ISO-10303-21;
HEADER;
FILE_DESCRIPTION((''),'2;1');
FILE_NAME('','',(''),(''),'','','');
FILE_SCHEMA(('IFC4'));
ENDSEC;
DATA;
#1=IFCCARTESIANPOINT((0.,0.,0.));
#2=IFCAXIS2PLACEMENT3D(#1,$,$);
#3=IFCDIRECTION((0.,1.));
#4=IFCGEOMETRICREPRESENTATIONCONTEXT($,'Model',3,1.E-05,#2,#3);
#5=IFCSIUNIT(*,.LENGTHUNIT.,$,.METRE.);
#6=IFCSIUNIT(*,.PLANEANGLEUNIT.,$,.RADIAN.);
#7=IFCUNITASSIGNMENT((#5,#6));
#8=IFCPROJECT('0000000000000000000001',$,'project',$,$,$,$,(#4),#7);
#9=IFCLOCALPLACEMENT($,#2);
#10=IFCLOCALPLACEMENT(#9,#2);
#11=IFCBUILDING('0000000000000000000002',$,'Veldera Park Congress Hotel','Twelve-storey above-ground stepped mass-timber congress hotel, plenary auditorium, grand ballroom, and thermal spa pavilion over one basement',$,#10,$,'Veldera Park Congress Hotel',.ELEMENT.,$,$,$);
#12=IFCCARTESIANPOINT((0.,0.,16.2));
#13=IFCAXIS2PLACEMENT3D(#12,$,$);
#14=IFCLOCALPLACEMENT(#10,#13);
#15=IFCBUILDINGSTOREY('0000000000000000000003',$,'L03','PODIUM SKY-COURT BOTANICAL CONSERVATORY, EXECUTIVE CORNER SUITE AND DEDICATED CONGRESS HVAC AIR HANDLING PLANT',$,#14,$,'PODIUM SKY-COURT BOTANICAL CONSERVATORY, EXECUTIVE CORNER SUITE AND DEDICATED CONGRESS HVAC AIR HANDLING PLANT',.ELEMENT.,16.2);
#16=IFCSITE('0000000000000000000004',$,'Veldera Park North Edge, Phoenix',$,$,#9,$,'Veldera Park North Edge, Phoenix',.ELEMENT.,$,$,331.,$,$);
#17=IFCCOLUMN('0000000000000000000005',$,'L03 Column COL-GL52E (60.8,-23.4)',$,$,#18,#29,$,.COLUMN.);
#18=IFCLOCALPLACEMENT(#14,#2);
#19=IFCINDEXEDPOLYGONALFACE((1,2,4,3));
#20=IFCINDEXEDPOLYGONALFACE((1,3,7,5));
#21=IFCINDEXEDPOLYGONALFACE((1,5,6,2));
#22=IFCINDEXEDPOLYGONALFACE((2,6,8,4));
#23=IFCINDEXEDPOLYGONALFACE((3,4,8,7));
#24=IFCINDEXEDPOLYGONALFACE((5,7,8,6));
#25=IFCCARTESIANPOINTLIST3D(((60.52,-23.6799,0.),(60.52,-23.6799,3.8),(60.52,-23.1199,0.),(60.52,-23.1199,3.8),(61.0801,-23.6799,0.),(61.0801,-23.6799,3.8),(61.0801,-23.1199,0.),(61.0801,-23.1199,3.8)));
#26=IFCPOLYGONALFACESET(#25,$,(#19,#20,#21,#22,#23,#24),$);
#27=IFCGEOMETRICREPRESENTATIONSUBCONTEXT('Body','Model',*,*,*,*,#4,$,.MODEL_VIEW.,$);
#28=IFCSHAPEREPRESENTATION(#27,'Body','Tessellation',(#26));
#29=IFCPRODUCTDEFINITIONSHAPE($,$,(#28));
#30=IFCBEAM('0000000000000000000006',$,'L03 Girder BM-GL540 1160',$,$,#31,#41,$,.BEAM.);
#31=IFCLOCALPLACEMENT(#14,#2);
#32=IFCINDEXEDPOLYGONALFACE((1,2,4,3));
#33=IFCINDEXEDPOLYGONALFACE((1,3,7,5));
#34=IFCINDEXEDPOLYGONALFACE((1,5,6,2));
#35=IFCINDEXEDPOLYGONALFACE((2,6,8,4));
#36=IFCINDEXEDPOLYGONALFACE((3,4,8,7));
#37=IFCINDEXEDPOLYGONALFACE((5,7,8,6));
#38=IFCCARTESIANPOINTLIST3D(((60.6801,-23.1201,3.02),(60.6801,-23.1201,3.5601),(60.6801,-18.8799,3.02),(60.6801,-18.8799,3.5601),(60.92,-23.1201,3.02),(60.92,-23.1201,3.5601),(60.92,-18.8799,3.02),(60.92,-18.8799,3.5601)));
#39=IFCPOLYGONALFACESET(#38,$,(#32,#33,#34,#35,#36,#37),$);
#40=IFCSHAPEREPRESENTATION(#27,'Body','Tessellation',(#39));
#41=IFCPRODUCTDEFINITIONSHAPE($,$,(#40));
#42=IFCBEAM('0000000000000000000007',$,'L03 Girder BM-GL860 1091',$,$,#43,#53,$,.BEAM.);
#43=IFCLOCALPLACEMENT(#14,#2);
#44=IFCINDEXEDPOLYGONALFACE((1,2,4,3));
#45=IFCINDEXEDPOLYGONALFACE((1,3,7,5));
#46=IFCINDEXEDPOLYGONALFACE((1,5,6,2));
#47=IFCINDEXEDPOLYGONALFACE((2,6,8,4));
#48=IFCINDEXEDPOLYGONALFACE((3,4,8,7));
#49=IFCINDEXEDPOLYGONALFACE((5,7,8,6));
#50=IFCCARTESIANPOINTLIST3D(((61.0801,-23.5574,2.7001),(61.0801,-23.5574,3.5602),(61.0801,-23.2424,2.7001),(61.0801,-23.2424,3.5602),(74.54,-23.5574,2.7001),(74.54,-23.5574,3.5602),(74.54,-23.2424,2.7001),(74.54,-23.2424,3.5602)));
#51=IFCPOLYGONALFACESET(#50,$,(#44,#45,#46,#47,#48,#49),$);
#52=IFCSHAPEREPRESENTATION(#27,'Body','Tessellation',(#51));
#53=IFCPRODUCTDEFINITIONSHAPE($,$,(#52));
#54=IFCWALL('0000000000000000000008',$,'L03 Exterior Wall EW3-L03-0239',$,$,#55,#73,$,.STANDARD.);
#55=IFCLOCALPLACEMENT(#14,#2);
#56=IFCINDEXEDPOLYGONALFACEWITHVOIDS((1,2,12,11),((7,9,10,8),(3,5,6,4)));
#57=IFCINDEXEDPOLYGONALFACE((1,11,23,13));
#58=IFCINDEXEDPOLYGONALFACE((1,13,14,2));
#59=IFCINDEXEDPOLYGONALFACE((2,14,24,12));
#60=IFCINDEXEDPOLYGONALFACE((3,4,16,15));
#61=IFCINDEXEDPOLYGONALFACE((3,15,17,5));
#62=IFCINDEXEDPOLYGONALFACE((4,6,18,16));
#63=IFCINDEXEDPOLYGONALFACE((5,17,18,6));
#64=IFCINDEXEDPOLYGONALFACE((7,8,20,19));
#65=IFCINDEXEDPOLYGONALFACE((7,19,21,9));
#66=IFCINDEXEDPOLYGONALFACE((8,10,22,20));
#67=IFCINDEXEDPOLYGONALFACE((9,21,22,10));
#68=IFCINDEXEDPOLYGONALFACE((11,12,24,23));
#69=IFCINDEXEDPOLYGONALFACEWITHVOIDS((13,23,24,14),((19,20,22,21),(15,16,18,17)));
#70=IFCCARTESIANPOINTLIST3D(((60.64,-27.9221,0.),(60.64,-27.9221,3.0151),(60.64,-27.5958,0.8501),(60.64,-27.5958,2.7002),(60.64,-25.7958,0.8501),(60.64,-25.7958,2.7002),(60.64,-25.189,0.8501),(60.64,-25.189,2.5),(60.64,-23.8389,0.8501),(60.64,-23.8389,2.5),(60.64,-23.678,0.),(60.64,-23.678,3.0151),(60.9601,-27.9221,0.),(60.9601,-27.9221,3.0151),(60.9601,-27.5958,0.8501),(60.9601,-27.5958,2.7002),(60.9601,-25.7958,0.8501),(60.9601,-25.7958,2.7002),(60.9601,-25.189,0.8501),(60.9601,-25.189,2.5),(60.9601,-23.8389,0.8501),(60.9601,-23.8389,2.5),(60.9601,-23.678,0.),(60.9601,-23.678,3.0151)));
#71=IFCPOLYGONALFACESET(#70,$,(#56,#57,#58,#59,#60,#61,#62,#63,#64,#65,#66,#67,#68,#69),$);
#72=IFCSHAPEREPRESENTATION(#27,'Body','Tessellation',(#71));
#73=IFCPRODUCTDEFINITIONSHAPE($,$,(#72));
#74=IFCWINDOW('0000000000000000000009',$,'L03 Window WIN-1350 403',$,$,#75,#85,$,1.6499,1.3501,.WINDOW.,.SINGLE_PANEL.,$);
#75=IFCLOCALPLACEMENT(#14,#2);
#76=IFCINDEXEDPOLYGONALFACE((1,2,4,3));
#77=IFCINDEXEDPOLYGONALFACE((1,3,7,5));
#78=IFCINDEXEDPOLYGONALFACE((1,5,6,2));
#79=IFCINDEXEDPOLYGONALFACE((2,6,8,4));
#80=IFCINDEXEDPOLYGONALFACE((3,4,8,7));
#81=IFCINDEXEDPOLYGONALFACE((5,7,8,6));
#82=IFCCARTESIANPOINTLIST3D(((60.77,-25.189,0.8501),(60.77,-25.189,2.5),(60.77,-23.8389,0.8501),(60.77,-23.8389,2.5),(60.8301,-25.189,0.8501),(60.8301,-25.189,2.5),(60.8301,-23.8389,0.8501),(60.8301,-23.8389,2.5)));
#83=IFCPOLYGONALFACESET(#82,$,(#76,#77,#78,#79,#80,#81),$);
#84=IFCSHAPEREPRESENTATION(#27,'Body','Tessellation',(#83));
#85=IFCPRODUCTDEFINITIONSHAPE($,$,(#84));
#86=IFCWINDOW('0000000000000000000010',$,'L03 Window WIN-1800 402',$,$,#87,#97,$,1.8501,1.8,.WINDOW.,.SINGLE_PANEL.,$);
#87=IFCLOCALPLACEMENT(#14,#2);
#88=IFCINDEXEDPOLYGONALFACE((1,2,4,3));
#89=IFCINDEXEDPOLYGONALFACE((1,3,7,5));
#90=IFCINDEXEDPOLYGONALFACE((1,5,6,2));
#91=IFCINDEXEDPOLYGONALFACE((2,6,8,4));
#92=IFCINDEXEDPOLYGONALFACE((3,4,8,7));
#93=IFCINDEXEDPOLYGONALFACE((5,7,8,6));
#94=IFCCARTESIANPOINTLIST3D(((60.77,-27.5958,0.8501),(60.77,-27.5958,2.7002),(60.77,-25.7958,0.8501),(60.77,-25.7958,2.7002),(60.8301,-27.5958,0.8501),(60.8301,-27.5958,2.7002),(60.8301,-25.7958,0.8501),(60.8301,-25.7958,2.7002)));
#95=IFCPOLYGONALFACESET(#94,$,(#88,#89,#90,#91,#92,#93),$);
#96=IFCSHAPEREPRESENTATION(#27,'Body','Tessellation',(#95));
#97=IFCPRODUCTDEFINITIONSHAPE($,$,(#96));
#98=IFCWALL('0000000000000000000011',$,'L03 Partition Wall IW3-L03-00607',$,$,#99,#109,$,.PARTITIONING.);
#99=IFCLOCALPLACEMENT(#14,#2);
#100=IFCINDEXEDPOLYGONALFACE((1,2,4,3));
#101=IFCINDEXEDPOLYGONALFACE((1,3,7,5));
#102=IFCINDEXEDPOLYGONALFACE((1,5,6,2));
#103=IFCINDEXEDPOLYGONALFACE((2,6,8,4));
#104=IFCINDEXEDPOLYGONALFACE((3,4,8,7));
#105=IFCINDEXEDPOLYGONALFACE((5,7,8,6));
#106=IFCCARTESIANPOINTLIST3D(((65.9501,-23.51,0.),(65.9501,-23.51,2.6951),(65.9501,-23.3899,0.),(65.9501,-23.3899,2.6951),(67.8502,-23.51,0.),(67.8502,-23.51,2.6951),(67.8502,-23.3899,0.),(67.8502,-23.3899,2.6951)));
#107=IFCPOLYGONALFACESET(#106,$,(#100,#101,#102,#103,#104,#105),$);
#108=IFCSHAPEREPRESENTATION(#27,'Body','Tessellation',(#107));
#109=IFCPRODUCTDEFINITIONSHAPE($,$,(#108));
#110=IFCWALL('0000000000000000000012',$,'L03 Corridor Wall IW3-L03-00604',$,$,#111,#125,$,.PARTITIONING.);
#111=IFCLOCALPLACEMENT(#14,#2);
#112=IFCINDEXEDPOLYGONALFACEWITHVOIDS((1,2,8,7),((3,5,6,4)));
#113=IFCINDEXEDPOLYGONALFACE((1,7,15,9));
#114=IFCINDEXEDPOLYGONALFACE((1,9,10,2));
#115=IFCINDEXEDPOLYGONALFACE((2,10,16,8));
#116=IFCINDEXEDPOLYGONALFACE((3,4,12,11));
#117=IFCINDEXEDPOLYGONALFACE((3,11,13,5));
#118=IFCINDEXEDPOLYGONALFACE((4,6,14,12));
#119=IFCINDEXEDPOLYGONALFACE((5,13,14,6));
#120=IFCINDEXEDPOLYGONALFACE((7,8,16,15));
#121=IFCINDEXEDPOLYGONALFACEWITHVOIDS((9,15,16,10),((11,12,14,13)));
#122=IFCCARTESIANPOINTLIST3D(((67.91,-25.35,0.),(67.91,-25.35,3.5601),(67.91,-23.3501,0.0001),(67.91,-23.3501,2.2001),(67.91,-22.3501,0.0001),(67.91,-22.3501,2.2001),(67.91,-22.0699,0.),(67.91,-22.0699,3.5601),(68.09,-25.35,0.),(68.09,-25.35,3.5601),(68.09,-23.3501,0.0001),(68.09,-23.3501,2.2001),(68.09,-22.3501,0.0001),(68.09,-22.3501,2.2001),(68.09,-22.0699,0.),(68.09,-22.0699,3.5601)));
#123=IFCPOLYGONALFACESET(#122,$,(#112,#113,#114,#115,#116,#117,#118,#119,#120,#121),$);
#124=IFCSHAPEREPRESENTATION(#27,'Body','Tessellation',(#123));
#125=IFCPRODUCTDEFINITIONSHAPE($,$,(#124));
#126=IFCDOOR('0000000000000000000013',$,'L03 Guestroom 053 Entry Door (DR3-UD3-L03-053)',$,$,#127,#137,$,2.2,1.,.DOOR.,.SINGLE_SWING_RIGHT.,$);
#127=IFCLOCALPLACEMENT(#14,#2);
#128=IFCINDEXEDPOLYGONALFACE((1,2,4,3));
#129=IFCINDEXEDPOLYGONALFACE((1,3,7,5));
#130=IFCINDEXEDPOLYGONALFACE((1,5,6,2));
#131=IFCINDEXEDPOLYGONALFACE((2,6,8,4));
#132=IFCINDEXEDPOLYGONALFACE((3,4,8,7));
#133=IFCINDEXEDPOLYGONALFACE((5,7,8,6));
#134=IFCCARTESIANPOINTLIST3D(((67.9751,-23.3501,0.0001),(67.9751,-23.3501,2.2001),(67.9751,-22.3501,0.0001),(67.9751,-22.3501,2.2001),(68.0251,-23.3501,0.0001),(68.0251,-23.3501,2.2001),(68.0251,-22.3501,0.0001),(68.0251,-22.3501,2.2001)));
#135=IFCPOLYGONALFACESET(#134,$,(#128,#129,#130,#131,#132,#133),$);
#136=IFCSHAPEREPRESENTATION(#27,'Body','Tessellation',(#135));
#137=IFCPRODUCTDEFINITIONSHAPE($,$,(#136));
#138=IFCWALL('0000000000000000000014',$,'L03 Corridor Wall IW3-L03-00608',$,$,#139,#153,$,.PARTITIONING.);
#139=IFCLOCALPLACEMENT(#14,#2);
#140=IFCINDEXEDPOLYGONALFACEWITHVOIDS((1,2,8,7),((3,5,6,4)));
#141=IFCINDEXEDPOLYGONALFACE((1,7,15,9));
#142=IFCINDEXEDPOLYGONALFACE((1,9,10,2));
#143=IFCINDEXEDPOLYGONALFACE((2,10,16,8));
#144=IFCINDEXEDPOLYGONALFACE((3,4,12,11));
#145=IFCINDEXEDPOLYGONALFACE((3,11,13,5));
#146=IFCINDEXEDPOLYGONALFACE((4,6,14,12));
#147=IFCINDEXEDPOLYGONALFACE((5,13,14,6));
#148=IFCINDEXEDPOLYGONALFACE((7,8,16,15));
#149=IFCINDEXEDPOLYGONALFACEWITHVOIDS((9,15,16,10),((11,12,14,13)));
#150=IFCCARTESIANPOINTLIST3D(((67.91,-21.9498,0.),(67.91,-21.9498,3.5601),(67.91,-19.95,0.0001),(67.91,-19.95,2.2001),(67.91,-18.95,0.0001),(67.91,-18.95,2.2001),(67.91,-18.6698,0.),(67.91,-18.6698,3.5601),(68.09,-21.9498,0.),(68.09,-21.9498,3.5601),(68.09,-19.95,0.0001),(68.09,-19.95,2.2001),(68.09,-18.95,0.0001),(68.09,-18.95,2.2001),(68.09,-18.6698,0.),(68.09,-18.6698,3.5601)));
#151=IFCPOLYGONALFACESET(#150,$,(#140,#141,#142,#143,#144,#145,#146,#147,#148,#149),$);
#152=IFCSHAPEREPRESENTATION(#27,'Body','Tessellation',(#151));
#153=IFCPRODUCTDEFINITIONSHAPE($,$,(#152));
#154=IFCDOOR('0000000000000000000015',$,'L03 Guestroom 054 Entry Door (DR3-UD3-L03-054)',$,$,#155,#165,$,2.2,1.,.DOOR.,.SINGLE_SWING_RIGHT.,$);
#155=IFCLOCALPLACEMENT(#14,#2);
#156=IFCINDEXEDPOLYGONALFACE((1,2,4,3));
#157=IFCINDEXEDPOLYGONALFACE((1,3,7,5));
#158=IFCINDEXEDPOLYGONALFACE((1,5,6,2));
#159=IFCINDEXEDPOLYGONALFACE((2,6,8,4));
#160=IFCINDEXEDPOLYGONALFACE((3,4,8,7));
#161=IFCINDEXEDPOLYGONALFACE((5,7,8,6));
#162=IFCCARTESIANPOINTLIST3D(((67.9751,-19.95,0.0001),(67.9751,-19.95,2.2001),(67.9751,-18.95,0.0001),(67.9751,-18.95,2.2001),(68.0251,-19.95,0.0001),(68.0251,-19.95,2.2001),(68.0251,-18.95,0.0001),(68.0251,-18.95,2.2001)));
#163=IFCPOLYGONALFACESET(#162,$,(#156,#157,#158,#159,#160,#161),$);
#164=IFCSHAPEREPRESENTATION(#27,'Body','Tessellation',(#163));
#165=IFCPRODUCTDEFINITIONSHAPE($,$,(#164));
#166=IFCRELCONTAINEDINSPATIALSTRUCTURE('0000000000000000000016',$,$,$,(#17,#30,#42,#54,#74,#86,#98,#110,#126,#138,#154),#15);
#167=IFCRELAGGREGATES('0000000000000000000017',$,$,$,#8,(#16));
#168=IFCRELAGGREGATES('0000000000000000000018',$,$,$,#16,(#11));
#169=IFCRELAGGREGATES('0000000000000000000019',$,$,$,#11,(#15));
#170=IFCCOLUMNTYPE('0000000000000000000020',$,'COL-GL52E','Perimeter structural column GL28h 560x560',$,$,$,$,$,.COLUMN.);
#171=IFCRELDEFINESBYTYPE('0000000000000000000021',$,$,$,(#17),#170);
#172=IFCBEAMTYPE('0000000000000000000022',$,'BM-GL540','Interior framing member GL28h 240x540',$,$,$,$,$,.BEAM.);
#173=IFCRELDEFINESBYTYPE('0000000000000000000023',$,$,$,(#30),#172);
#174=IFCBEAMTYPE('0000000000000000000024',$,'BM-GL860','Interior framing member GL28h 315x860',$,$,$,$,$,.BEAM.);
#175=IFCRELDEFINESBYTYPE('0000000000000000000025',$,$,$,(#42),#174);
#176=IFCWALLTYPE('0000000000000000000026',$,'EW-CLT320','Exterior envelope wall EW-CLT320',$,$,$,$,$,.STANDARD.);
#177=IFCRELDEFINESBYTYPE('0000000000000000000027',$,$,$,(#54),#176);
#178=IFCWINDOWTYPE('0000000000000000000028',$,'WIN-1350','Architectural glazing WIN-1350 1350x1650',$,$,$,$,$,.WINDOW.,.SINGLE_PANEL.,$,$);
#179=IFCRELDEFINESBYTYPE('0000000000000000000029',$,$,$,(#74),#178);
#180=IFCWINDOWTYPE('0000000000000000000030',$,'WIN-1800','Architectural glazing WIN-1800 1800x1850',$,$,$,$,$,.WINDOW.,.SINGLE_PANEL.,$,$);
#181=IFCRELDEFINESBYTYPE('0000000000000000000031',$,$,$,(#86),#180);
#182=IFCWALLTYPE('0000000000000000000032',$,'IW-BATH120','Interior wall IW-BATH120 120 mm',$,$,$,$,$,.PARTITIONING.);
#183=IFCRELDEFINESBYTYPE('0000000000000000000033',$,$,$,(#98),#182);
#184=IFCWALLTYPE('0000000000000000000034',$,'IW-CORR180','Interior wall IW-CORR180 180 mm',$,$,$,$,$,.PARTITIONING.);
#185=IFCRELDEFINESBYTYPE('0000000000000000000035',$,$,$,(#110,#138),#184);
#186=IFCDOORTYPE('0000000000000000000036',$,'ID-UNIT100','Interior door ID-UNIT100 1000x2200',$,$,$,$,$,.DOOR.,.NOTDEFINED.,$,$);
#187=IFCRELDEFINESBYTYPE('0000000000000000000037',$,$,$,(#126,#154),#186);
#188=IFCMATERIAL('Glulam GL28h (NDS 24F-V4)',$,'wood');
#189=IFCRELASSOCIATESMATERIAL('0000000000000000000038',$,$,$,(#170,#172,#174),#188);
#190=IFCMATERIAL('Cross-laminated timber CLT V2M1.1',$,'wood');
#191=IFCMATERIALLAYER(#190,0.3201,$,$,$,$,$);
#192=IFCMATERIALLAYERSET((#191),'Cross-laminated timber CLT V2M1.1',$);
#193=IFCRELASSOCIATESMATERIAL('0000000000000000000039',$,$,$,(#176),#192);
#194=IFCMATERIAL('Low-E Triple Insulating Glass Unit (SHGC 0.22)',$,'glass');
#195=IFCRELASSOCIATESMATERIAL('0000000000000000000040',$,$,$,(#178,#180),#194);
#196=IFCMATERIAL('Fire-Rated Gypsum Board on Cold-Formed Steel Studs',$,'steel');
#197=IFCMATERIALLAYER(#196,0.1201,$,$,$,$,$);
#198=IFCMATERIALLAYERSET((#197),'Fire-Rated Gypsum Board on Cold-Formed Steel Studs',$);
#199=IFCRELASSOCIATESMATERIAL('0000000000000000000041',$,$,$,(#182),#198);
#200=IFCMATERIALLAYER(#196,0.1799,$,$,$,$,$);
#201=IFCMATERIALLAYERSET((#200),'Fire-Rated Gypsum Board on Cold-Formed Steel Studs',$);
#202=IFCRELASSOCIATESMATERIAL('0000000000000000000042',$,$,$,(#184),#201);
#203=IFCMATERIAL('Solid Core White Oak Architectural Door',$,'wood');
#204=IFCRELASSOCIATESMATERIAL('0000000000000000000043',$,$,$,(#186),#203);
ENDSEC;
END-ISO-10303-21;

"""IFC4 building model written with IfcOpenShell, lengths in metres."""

from ifc_helpers import new_model, si_unit, direction, frame, frame_2d, origin, origin_2d, place, context, subcontext, project, spatial, rectangle, extrude, material, layer, layer_set, material_profile, profile_set, type_object, element, fill, save


model = new_model("IFC4")

# Units and contexts
model_context = context("Model", 3, precision=1e-05, world=origin(), true_north=direction((0.0, 1.0)))
body_context = subcontext(model_context, "Body", "Model", "MODEL_VIEW")
ifc_project = project(units=[si_unit("LENGTHUNIT", "METRE"), si_unit("PLANEANGLEUNIT", "RADIAN")], contexts=[model_context])

# Site, building, storey
site_placement = place(None, origin())
site = spatial("IfcSite", under=ifc_project, at=site_placement, Name="Veldera Park North Edge, Phoenix", LongName="Veldera Park North Edge, Phoenix", CompositionType="ELEMENT", RefElevation=331.0)
building_placement = place(site_placement, origin())
building = spatial("IfcBuilding", under=site, at=building_placement, Name="Veldera Park Congress Hotel", Description="Twelve-storey above-ground stepped mass-timber congress hotel, plenary auditorium, grand ballroom, and thermal spa pavilion over one basement", LongName="Veldera Park Congress Hotel", CompositionType="ELEMENT")
storey_placement = place(building_placement, frame((0.0, 0.0, 16.2)))
storey = spatial("IfcBuildingStorey", under=building, at=storey_placement, Name="L03", Description="PODIUM SKY-COURT BOTANICAL CONSERVATORY, EXECUTIVE CORNER SUITE AND DEDICATED CONGRESS HVAC AIR HANDLING PLANT", LongName="PODIUM SKY-COURT BOTANICAL CONSERVATORY, EXECUTIVE CORNER SUITE AND DEDICATED CONGRESS HVAC AIR HANDLING PLANT", CompositionType="ELEMENT", Elevation=16.2)

# Column
ifc_material_1 = material(Name="Glulam GL28h (NDS 24F-V4)", Category="wood")
ifc_material_profile_1 = material_profile(ifc_material_1, rectangle(XDim=0.5601, YDim=0.5601, at=origin_2d()), Name="GL28h 560x560")
ifc_profile_set_1 = profile_set([ifc_material_profile_1], Name="Glulam GL28h (NDS 24F-V4)")
column_type = type_object("IfcColumnType", Name="COL-GL52E", Description="Perimeter structural column GL28h 560x560", PredefinedType="COLUMN", material=ifc_profile_set_1)
column_placement = place(storey_placement, frame((60.8, -23.3999, 0.0), z_axis=(0.0, 0.0, 1.0), x_axis=(1.0, 0.0, 0.0)))
element("IfcColumn", 1, at=column_placement, inside=storey, type_object=column_type, Name="L03 Column COL-GL52E (60.8,-23.4)", PredefinedType="COLUMN", context=body_context, shape_type="SweptSolid", body=[
    extrude(rectangle(XDim=0.5601, YDim=0.5601, at=origin_2d()), origin(), (0.0, 0.0, 1.0), 3.8),
])

# Beams
ifc_material_profile_2 = material_profile(ifc_material_1, rectangle(XDim=0.24, YDim=0.54, at=origin_2d()), Name="GL28h 240x540")
ifc_profile_set_2 = profile_set([ifc_material_profile_2], Name="Glulam GL28h (NDS 24F-V4)")
beam_type_1 = type_object("IfcBeamType", Name="BM-GL540", Description="Interior framing member GL28h 240x540", PredefinedType="BEAM", material=ifc_profile_set_2)
beam_1_placement = place(storey_placement, frame((60.8, -23.1201, 3.29), z_axis=(0.0, 1.0, 0.0), x_axis=(-1.0, 0.0, 0.0)))
element("IfcBeam", 2, at=beam_1_placement, inside=storey, type_object=beam_type_1, Name="L03 Girder BM-GL540 1160", PredefinedType="BEAM", context=body_context, shape_type="SweptSolid", body=[
    extrude(rectangle(XDim=0.24, YDim=0.54, at=origin_2d()), origin(), (0.0, 0.0, 1.0), 4.2402),
])
ifc_material_profile_3 = material_profile(ifc_material_1, rectangle(XDim=0.3149, YDim=0.8601, at=origin_2d()), Name="GL28h 315x860")
ifc_profile_set_3 = profile_set([ifc_material_profile_3], Name="Glulam GL28h (NDS 24F-V4)")
beam_type_2 = type_object("IfcBeamType", Name="BM-GL860", Description="Interior framing member GL28h 315x860", PredefinedType="BEAM", material=ifc_profile_set_3)
beam_2_placement = place(storey_placement, frame((61.0801, -23.3999, 3.1301), z_axis=(1.0, 0.0, 0.0), x_axis=(0.0, 1.0, 0.0)))
element("IfcBeam", 3, at=beam_2_placement, inside=storey, type_object=beam_type_2, Name="L03 Girder BM-GL860 1091", PredefinedType="BEAM", context=body_context, shape_type="SweptSolid", body=[
    extrude(rectangle(XDim=0.3149, YDim=0.8601, at=origin_2d()), origin(), (0.0, 0.0, 1.0), 13.46),
])

# Wall, openings, windows
ifc_material_2 = material(Name="Cross-laminated timber CLT V2M1.1", Category="wood")
ifc_layer_1 = layer(ifc_material_2, 0.3201)
ifc_layer_set_1 = layer_set([ifc_layer_1], Name="Cross-laminated timber CLT V2M1.1")
wall_type_1 = type_object("IfcWallType", Name="EW-CLT320", Description="Exterior envelope wall EW-CLT320", PredefinedType="STANDARD", material=ifc_layer_set_1)
wall_1_placement = place(storey_placement, frame((60.8, -23.678, 0.0), z_axis=(0.0, 0.0, 1.0), x_axis=(0.0, -1.0, 0.0)))
wall_1 = element("IfcWall", 4, at=wall_1_placement, inside=storey, type_object=wall_type_1, Name="L03 Exterior Wall EW3-L03-0239", PredefinedType="STANDARD", context=body_context, shape_type="SweptSolid", body=[
    extrude(rectangle(XDim=4.2441, YDim=0.3201, at=frame_2d((2.1221, 0.0))), origin(), (0.0, 0.0, 1.0), 3.0151),
])
opening_1_placement = place(wall_1_placement, frame((2.1179, 0.0, 0.8501)))
opening_1 = element("IfcOpeningElement", 5, at=opening_1_placement, cuts=wall_1, PredefinedType="OPENING", context=body_context, shape_type="SweptSolid", body=[
    extrude(rectangle(XDim=1.8, YDim=1.8501, at=frame_2d((0.8999, 0.925))), frame((0.0, 0.1721, 0.0), z_axis=(0.0, -1.0, 0.0), x_axis=(1.0, 0.0, 0.0)), (0.0, 0.0, 1.0), 0.344),
])
opening_2_placement = place(wall_1_placement, frame((0.1609, 0.0, 0.8501)))
opening_2 = element("IfcOpeningElement", 6, at=opening_2_placement, cuts=wall_1, PredefinedType="OPENING", context=body_context, shape_type="SweptSolid", body=[
    extrude(rectangle(XDim=1.3501, YDim=1.6499, at=frame_2d((0.675, 0.825))), frame((0.0, 0.1721, 0.0), z_axis=(0.0, -1.0, 0.0), x_axis=(1.0, 0.0, 0.0)), (0.0, 0.0, 1.0), 0.344),
])
ifc_material_3 = material(Name="Low-E Triple Insulating Glass Unit (SHGC 0.22)", Category="glass")
window_type_1 = type_object("IfcWindowType", Name="WIN-1350", Description="Architectural glazing WIN-1350 1350x1650", PartitioningType="SINGLE_PANEL", PredefinedType="WINDOW", material=ifc_material_3)
window_1_placement = place(opening_2_placement, origin())
window_1 = element("IfcWindow", 7, at=window_1_placement, inside=storey, type_object=window_type_1, Name="L03 Window WIN-1350 403", OverallHeight=1.6499, OverallWidth=1.3501, PartitioningType="SINGLE_PANEL", PredefinedType="WINDOW", context=body_context, shape_type="SweptSolid", body=[
    extrude(rectangle(XDim=1.3501, YDim=1.6499, at=frame_2d((0.675, 0.825))), frame((0.0, 0.03, 0.0), z_axis=(0.0, -1.0, 0.0), x_axis=(1.0, 0.0, 0.0)), (0.0, 0.0, 1.0), 0.0601),
])
fill(opening_2, window_1)
window_type_2 = type_object("IfcWindowType", Name="WIN-1800", Description="Architectural glazing WIN-1800 1800x1850", PartitioningType="SINGLE_PANEL", PredefinedType="WINDOW", material=ifc_material_3)
window_2_placement = place(opening_1_placement, origin())
window_2 = element("IfcWindow", 8, at=window_2_placement, inside=storey, type_object=window_type_2, Name="L03 Window WIN-1800 402", OverallHeight=1.8501, OverallWidth=1.8, PartitioningType="SINGLE_PANEL", PredefinedType="WINDOW", context=body_context, shape_type="SweptSolid", body=[
    extrude(rectangle(XDim=1.8, YDim=1.8501, at=frame_2d((0.8999, 0.925))), frame((0.0, 0.03, 0.0), z_axis=(0.0, -1.0, 0.0), x_axis=(1.0, 0.0, 0.0)), (0.0, 0.0, 1.0), 0.0601),
])
fill(opening_1, window_2)

# Shared definitions
ifc_material_4 = material(Name="Fire-Rated Gypsum Board on Cold-Formed Steel Studs", Category="steel")
ifc_layer_2 = layer(ifc_material_4, 0.1201)
ifc_layer_set_2 = layer_set([ifc_layer_2], Name="Fire-Rated Gypsum Board on Cold-Formed Steel Studs")
wall_type_2 = type_object("IfcWallType", Name="IW-BATH120", Description="Interior wall IW-BATH120 120 mm", PredefinedType="PARTITIONING", material=ifc_layer_set_2)
ifc_material_5 = material(Name="Solid Core White Oak Architectural Door", Category="wood")

# Wall
wall_2_placement = place(storey_placement, frame((65.95, -23.45, 0.0), z_axis=(0.0, 0.0, 1.0), x_axis=(1.0, 0.0, 0.0)))
element("IfcWall", 9, at=wall_2_placement, inside=storey, type_object=wall_type_2, Name="L03 Partition Wall IW3-L03-00607", PredefinedType="PARTITIONING", context=body_context, shape_type="SweptSolid", body=[
    extrude(rectangle(XDim=1.9001, YDim=0.1201, at=frame_2d((0.9502, 0.0))), origin(), (0.0, 0.0, 1.0), 2.6951),
])

# Walls, openings, doors
ifc_layer_3 = layer(ifc_material_4, 0.1799)
ifc_layer_set_3 = layer_set([ifc_layer_3], Name="Fire-Rated Gypsum Board on Cold-Formed Steel Studs")
wall_type_3 = type_object("IfcWallType", Name="IW-CORR180", Description="Interior wall IW-CORR180 180 mm", PredefinedType="PARTITIONING", material=ifc_layer_set_3)
wall_3_placement = place(storey_placement, frame((68.0, -25.3501, 0.0), z_axis=(0.0, 0.0, 1.0), x_axis=(0.0, 1.0, 0.0)))
wall_3 = element("IfcWall", 10, at=wall_3_placement, inside=storey, type_object=wall_type_3, Name="L03 Corridor Wall IW3-L03-00604", PredefinedType="PARTITIONING", context=body_context, shape_type="SweptSolid", body=[
    extrude(rectangle(XDim=3.28, YDim=0.1799, at=frame_2d((1.6401, 0.0))), origin(), (0.0, 0.0, 1.0), 3.5601),
])
opening_3_placement = place(wall_3_placement, frame((2.0, 0.0, 0.0)))
opening_3 = element("IfcOpeningElement", 11, at=opening_3_placement, cuts=wall_3, PredefinedType="OPENING", context=body_context, shape_type="SweptSolid", body=[
    extrude(rectangle(XDim=1.0, YDim=2.2, at=frame_2d((0.5, 1.1001))), frame((0.0, 0.1021, 0.0), z_axis=(0.0, -1.0, 0.0), x_axis=(1.0, 0.0, 0.0)), (0.0, 0.0, 1.0), 0.2039),
])
door_type_1 = type_object("IfcDoorType", Name="ID-UNIT100", Description="Interior door ID-UNIT100 1000x2200", OperationType="NOTDEFINED", PredefinedType="DOOR", material=ifc_material_5)
door_1_placement = place(opening_3_placement, origin())
door_1 = element("IfcDoor", 12, at=door_1_placement, inside=storey, type_object=door_type_1, Name="L03 Guestroom 053 Entry Door (DR3-UD3-L03-053)", OperationType="SINGLE_SWING_RIGHT", OverallHeight=2.2, OverallWidth=1.0, PredefinedType="DOOR", context=body_context, shape_type="SweptSolid", body=[
    extrude(rectangle(XDim=1.0, YDim=2.2, at=frame_2d((0.5, 1.1001))), frame((0.0, 0.0249, 0.0), z_axis=(0.0, -1.0, 0.0), x_axis=(1.0, 0.0, 0.0)), (0.0, 0.0, 1.0), 0.05),
])
fill(opening_3, door_1)
wall_4_placement = place(storey_placement, frame((68.0, -21.95, 0.0), z_axis=(0.0, 0.0, 1.0), x_axis=(0.0, 1.0, 0.0)))
wall_4 = element("IfcWall", 13, at=wall_4_placement, inside=storey, type_object=wall_type_3, Name="L03 Corridor Wall IW3-L03-00608", PredefinedType="PARTITIONING", context=body_context, shape_type="SweptSolid", body=[
    extrude(rectangle(XDim=3.28, YDim=0.1799, at=frame_2d((1.6401, 0.0))), origin(), (0.0, 0.0, 1.0), 3.5601),
])
opening_4_placement = place(wall_4_placement, frame((2.0, 0.0, 0.0)))
opening_4 = element("IfcOpeningElement", 14, at=opening_4_placement, cuts=wall_4, PredefinedType="OPENING", context=body_context, shape_type="SweptSolid", body=[
    extrude(rectangle(XDim=1.0, YDim=2.2, at=frame_2d((0.5, 1.1001))), frame((0.0, 0.1021, 0.0), z_axis=(0.0, -1.0, 0.0), x_axis=(1.0, 0.0, 0.0)), (0.0, 0.0, 1.0), 0.2039),
])
door_2_placement = place(opening_4_placement, origin())
door_2 = element("IfcDoor", 15, at=door_2_placement, inside=storey, type_object=door_type_1, Name="L03 Guestroom 054 Entry Door (DR3-UD3-L03-054)", OperationType="SINGLE_SWING_RIGHT", OverallHeight=2.2, OverallWidth=1.0, PredefinedType="DOOR", context=body_context, shape_type="SweptSolid", body=[
    extrude(rectangle(XDim=1.0, YDim=2.2, at=frame_2d((0.5, 1.1001))), frame((0.0, 0.0249, 0.0), z_axis=(0.0, -1.0, 0.0), x_axis=(1.0, 0.0, 0.0)), (0.0, 0.0, 1.0), 0.05),
])
fill(opening_4, door_2)

save(model, "model.ifc")
